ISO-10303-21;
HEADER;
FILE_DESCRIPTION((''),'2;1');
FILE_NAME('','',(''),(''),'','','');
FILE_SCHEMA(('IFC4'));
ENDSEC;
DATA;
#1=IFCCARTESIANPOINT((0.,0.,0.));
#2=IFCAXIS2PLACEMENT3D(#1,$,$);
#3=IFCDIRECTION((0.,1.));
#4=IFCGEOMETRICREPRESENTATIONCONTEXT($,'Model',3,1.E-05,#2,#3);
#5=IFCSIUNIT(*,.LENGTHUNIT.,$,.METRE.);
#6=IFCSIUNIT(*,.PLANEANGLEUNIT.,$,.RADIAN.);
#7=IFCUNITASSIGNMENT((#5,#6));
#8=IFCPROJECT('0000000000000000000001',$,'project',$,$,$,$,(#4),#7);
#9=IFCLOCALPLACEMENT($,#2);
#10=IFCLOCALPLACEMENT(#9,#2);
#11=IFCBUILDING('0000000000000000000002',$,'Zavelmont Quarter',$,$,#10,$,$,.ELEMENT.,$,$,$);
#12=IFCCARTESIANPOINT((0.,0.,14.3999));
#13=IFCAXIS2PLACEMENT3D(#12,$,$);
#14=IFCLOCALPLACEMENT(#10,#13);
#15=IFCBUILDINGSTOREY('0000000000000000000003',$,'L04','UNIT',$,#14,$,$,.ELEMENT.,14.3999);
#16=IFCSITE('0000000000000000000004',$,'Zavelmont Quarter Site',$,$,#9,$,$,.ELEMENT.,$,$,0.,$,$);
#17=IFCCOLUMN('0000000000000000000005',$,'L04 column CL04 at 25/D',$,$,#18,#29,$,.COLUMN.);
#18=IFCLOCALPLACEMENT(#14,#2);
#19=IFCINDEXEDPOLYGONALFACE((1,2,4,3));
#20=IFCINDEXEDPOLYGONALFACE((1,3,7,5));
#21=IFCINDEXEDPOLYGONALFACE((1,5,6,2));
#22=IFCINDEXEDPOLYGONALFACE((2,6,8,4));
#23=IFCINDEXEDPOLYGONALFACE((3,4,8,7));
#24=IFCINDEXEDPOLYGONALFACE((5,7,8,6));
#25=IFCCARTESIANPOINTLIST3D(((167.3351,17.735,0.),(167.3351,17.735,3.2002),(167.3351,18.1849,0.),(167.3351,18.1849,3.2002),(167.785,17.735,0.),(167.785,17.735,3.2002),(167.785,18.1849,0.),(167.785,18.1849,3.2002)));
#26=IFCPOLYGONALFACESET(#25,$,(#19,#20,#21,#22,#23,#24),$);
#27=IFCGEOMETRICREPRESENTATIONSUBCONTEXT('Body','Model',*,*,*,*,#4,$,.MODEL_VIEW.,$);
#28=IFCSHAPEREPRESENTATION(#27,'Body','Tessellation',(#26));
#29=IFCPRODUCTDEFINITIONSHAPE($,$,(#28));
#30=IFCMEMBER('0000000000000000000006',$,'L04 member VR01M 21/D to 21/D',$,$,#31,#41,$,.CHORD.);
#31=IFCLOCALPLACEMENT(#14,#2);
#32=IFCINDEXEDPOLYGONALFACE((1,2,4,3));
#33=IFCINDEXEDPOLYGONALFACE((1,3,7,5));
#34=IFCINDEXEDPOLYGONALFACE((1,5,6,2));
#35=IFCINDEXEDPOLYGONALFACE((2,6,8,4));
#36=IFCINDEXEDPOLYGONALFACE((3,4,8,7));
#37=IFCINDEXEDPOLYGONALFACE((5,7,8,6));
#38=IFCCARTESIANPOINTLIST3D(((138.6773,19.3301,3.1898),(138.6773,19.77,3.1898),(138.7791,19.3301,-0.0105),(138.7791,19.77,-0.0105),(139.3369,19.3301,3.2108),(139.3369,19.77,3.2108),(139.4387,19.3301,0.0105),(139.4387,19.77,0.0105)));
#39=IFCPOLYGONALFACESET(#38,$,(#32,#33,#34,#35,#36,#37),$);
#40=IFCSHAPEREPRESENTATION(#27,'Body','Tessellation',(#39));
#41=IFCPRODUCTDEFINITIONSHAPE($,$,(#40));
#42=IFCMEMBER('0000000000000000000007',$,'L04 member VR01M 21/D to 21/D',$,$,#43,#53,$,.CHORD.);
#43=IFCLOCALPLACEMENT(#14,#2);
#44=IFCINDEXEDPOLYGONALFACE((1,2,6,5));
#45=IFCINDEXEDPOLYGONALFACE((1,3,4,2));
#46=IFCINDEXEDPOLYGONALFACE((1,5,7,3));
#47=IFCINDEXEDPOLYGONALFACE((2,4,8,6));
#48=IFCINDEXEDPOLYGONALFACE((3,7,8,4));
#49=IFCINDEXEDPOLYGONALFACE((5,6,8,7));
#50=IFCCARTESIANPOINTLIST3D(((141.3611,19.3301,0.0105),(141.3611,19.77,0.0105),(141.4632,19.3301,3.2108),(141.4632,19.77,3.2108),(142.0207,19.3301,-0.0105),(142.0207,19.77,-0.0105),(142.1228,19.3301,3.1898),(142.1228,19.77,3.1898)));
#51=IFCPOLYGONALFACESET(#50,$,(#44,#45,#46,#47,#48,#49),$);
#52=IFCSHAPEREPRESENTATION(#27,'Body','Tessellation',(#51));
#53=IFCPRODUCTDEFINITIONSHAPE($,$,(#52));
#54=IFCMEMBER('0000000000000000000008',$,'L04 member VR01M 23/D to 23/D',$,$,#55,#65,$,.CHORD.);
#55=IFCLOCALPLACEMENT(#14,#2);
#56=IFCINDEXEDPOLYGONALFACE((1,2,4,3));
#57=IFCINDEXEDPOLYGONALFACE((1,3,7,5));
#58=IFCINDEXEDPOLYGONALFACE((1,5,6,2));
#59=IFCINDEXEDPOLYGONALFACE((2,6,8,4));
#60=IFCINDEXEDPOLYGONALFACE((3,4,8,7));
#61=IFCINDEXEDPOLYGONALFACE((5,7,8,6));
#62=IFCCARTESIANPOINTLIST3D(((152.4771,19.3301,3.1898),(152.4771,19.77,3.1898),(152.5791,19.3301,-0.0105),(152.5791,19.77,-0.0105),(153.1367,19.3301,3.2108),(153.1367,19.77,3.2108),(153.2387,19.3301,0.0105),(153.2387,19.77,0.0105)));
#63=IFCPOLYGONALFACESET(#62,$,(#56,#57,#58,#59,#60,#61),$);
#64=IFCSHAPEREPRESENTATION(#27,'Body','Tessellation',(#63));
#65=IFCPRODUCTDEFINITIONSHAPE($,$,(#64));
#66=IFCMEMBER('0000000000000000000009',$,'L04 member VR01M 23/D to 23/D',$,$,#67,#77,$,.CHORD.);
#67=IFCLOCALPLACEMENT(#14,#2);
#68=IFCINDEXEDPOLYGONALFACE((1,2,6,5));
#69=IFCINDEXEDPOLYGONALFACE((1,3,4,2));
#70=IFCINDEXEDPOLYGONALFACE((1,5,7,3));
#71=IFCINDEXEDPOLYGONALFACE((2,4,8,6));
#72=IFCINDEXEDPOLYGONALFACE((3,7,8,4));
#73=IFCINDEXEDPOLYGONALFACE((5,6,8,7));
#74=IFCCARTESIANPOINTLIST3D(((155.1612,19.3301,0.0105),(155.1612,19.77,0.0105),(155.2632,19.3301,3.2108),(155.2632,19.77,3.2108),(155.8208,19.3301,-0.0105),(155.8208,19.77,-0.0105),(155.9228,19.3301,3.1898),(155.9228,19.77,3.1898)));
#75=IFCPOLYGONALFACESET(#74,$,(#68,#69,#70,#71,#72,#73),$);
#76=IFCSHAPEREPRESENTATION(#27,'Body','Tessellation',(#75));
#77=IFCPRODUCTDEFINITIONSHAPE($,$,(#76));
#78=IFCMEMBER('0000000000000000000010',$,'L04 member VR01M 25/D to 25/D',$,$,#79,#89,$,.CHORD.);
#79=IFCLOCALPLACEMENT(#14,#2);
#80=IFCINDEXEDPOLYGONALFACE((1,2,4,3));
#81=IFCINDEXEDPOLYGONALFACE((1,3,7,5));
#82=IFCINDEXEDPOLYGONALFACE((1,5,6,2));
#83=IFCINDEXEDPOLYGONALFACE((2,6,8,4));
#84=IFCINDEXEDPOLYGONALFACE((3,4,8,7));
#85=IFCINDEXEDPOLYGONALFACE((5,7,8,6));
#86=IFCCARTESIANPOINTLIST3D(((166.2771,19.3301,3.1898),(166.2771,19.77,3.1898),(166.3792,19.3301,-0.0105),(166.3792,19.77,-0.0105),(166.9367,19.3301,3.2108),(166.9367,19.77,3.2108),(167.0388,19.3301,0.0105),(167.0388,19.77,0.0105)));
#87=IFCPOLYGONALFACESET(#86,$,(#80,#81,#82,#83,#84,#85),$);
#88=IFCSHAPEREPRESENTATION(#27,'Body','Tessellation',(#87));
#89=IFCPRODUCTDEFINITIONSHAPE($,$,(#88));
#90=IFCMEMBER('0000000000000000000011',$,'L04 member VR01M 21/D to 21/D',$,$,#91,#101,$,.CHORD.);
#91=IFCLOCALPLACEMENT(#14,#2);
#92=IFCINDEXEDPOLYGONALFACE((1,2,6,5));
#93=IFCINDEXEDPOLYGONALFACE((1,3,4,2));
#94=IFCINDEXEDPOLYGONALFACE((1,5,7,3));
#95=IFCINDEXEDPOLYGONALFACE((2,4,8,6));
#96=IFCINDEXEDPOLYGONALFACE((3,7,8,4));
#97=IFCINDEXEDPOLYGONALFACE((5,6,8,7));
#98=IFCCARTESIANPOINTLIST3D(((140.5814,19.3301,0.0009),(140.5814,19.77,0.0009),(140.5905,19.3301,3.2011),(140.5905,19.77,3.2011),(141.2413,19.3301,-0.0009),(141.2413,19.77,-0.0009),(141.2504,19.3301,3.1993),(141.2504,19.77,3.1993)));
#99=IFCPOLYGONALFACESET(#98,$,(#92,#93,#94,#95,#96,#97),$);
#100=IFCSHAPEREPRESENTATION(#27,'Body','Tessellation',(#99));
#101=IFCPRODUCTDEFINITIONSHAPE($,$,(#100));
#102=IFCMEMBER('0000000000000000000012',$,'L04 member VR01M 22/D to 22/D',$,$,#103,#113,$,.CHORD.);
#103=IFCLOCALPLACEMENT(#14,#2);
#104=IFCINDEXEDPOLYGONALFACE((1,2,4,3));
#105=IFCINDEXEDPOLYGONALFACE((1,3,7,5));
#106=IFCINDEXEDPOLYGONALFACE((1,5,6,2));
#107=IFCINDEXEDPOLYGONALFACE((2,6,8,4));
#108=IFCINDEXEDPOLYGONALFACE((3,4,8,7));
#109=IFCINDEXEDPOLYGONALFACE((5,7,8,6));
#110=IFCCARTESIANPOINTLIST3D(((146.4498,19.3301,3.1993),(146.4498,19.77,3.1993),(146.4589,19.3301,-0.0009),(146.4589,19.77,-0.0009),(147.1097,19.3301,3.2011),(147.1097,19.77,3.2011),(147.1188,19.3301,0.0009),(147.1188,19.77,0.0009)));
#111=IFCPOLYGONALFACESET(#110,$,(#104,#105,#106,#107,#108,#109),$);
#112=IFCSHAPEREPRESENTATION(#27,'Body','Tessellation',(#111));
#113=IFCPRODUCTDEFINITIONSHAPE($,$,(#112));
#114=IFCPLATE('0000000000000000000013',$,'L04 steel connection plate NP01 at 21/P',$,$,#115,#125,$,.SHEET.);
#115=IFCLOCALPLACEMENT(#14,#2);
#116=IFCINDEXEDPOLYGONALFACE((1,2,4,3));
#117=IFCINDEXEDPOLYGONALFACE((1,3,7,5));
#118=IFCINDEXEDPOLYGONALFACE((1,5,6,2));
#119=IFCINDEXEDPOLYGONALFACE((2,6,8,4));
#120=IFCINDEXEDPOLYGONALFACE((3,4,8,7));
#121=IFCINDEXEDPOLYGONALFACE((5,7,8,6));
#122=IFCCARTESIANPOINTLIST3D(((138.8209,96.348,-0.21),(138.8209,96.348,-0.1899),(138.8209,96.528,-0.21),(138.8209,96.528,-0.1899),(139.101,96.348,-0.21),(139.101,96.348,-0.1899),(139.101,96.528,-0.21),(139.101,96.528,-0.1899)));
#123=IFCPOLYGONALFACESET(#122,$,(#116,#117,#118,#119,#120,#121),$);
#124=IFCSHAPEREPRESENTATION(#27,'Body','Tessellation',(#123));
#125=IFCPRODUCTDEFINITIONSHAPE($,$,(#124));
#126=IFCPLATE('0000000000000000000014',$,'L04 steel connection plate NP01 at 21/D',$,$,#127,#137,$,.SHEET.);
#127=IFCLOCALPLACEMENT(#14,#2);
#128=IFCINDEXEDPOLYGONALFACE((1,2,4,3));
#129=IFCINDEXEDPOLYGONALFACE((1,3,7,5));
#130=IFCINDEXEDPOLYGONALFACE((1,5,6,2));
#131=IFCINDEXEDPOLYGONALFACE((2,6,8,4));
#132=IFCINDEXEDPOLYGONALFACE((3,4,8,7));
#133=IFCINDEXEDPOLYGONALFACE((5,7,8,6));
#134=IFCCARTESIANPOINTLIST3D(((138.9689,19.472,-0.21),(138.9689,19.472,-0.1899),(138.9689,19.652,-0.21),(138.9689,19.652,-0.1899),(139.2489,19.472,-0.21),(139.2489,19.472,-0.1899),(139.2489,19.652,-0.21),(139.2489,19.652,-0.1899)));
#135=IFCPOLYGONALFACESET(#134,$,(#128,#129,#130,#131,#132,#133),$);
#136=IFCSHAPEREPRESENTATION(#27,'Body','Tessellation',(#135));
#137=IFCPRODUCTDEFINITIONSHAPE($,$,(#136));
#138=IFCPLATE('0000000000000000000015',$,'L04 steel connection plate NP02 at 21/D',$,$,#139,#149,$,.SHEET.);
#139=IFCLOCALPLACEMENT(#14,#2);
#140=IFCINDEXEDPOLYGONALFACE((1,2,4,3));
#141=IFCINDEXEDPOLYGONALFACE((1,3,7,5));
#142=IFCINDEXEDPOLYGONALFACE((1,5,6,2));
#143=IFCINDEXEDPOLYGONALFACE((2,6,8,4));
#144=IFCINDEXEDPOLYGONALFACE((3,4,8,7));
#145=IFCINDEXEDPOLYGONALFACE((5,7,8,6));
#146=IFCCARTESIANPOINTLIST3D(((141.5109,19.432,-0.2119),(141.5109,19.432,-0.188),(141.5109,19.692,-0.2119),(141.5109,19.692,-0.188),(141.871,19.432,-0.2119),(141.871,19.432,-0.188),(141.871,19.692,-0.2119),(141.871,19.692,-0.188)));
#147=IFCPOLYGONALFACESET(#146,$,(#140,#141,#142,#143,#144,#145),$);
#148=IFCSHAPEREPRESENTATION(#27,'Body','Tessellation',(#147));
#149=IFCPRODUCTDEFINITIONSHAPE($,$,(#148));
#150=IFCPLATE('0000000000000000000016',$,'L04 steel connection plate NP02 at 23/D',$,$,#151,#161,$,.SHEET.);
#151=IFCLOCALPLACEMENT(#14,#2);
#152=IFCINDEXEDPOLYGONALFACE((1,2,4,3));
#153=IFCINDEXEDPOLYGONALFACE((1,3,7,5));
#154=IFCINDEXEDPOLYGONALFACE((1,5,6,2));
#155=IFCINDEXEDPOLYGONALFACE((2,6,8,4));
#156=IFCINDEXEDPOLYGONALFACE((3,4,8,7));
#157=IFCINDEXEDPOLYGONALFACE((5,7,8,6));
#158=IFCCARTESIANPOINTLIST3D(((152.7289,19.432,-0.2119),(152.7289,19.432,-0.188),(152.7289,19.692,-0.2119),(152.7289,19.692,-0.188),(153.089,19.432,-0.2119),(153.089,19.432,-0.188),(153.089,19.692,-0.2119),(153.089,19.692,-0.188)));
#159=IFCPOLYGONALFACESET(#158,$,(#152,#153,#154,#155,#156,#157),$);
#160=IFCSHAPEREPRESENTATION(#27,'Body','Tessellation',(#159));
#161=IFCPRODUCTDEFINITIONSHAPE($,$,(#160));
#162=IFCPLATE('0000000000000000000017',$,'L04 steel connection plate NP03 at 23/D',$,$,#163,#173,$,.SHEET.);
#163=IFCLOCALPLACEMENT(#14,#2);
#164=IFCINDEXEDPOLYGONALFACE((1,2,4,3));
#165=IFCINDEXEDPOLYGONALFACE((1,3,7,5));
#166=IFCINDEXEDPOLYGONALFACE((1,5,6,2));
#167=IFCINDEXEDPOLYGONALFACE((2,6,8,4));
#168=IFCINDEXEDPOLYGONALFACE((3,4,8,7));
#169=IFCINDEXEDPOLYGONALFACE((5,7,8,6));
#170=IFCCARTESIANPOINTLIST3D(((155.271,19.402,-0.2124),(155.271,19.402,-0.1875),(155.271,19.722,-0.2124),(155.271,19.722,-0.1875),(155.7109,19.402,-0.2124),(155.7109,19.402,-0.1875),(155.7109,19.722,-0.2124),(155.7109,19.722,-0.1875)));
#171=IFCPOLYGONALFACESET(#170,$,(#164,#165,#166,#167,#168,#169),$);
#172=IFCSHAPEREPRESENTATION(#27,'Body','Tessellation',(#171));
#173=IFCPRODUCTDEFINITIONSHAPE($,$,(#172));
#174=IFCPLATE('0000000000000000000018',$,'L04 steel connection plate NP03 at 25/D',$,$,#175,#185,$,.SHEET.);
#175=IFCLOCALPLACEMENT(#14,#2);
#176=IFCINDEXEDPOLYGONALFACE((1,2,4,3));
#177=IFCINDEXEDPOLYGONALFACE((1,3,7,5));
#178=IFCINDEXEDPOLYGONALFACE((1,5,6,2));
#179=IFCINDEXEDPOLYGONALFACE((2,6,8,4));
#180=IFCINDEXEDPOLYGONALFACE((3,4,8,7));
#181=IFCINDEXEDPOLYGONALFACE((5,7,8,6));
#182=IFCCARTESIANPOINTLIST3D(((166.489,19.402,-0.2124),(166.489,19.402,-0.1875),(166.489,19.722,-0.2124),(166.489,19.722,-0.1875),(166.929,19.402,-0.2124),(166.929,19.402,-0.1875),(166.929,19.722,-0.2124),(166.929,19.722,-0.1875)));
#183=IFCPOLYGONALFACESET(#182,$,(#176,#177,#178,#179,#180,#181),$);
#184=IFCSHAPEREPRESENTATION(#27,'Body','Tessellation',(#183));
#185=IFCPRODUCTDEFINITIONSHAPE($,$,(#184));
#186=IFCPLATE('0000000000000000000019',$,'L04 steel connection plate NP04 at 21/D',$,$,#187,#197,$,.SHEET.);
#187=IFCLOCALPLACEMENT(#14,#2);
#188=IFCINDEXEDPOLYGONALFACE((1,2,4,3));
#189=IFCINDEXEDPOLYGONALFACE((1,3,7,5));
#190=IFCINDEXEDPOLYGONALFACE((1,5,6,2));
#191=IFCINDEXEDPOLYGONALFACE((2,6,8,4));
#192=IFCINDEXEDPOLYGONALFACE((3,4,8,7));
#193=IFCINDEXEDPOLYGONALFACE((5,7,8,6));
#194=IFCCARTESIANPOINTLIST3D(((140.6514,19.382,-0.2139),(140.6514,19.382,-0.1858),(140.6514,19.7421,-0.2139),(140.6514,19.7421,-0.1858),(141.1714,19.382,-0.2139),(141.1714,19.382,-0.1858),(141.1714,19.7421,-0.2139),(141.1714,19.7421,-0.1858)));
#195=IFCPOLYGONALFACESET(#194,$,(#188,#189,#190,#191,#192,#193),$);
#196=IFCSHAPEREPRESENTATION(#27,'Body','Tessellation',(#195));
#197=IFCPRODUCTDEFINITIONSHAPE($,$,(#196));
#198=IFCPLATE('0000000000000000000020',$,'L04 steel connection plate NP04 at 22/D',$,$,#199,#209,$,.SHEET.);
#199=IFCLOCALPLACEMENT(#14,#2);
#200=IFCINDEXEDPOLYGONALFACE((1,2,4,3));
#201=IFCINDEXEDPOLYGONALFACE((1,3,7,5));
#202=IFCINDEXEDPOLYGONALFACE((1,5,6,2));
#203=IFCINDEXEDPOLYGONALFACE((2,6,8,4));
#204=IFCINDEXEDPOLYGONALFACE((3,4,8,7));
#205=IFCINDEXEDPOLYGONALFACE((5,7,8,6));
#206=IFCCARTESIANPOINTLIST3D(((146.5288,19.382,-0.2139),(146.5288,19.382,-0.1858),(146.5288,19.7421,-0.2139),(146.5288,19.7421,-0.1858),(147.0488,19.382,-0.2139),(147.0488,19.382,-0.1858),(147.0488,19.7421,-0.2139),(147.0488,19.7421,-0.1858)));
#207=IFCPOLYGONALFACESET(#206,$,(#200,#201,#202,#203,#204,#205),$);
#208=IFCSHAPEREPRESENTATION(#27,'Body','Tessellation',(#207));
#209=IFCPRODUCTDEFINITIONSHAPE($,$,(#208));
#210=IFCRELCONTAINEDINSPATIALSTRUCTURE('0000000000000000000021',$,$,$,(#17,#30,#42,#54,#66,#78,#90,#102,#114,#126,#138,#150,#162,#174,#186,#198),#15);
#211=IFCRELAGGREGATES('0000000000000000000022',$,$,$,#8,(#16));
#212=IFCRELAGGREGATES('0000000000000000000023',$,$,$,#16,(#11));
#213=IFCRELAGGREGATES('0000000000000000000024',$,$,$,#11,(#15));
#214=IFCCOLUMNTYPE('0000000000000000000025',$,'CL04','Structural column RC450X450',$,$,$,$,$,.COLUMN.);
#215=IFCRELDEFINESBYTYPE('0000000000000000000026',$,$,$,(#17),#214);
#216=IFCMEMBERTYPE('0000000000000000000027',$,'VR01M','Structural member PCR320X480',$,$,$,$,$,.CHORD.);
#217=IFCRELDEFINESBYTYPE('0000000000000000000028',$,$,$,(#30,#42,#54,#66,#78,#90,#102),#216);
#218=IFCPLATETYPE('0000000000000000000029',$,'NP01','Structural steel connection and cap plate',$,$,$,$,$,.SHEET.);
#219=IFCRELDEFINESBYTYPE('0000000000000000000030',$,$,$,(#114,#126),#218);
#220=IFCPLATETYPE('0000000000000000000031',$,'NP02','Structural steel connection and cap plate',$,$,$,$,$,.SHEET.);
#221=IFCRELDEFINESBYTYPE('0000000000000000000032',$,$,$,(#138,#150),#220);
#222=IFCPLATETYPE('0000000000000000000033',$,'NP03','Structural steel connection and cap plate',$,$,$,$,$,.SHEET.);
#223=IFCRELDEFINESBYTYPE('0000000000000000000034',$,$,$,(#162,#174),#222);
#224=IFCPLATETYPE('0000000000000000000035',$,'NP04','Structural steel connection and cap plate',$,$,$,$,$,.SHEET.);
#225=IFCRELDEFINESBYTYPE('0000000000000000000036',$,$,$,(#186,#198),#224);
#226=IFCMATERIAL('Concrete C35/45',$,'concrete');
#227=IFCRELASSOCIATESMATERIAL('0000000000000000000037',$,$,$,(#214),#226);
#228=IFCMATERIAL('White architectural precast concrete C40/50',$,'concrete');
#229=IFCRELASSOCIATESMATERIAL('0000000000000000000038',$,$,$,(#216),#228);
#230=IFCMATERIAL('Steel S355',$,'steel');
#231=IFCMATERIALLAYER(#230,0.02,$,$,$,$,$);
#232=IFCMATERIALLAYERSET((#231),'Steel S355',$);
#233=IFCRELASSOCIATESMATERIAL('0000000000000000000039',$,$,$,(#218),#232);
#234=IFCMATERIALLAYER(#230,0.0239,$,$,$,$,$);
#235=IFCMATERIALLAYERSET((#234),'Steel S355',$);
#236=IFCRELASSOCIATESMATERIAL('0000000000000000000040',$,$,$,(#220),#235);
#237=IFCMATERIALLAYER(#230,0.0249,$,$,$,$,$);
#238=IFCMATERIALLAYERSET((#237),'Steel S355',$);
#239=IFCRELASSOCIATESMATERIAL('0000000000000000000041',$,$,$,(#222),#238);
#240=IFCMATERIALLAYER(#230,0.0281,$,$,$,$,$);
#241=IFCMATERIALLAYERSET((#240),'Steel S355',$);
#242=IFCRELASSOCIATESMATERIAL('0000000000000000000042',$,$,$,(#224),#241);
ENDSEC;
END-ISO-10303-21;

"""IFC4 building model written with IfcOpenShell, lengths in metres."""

from ifc_helpers import new_model, si_unit, direction, frame, origin, origin_2d, place, context, subcontext, project, spatial, rectangle, extrude, material, layer, layer_set, material_profile, profile_set, type_object, element, save


model = new_model("IFC4")

# Units and contexts
model_context = context("Model", 3, precision=1e-05, world=origin(), true_north=direction((0.0, 1.0)))
body_context = subcontext(model_context, "Body", "Model", "MODEL_VIEW")
ifc_project = project(units=[si_unit("LENGTHUNIT", "METRE"), si_unit("PLANEANGLEUNIT", "RADIAN")], contexts=[model_context])

# Site, building, storey
site_placement = place(None, origin())
site = spatial("IfcSite", under=ifc_project, at=site_placement, Name="Zavelmont Quarter Site", CompositionType="ELEMENT", RefElevation=0.0)
building_placement = place(site_placement, origin())
building = spatial("IfcBuilding", under=site, at=building_placement, Name="Zavelmont Quarter", CompositionType="ELEMENT")
storey_placement = place(building_placement, frame((0.0, 0.0, 14.3999)))
storey = spatial("IfcBuildingStorey", under=building, at=storey_placement, Name="L04", Description="UNIT", CompositionType="ELEMENT", Elevation=14.3999)

# Column
ifc_material_1 = material(Name="Concrete C35/45", Category="concrete")
ifc_material_profile_1 = material_profile(ifc_material_1, rectangle(XDim=0.45, YDim=0.45, at=origin_2d()), Name="RC450X450")
ifc_profile_set_1 = profile_set([ifc_material_profile_1], Name="Concrete C35/45")
column_type = type_object("IfcColumnType", Name="CL04", Description="Structural column RC450X450", PredefinedType="COLUMN", material=ifc_profile_set_1)
column_placement = place(storey_placement, frame((167.5601, 17.96, 0.0), z_axis=(0.0, 0.0, 1.0), x_axis=(1.0, 0.0, 0.0)))
element("IfcColumn", 1, at=column_placement, inside=storey, type_object=column_type, Name="L04 column CL04 at 25/D", PredefinedType="COLUMN", context=body_context, shape_type="SweptSolid", body=[
    extrude(rectangle(XDim=0.45, YDim=0.45, at=origin_2d()), origin(), (0.0, 0.0, 1.0), 3.2002),
])

# Members
ifc_material_2 = material(Name="White architectural precast concrete C40/50", Category="concrete")
ifc_material_profile_2 = material_profile(ifc_material_2, rectangle(XDim=0.4399, YDim=0.6599, at=origin_2d()), Name="PCR320X480")
ifc_profile_set_2 = profile_set([ifc_material_profile_2], Name="White architectural precast concrete C40/50")
member_type = type_object("IfcMemberType", Name="VR01M", Description="Structural member PCR320X480", PredefinedType="CHORD", material=ifc_profile_set_2)
for number, where, z_axis, x_axis, name in (
    (2, (139.1089, 19.55, 0.0), (-0.031797, 0.0, 0.999494), (0.0, -1.0, 0.0), "L04 member VR01M 21/D to 21/D"),
    (3, (141.6909, 19.55, 0.0), (0.031873, 0.0, 0.999492), (0.0, 1.0, 0.0), "L04 member VR01M 21/D to 21/D"),
    (4, (152.9089, 19.55, 0.0), (-0.031873, 0.0, 0.999492), (0.0, -1.0, 0.0), "L04 member VR01M 23/D to 23/D"),
    (5, (155.491, 19.55, 0.0), (0.031873, 0.0, 0.999492), (0.0, 1.0, 0.0), "L04 member VR01M 23/D to 23/D"),
    (6, (166.709, 19.55, 0.0), (-0.031873, 0.0, 0.999492), (0.0, -1.0, 0.0), "L04 member VR01M 25/D to 25/D"),
):
    element("IfcMember", number, at=place(storey_placement, frame(where, z_axis=z_axis, x_axis=x_axis)), inside=storey, type_object=member_type, Name=name, PredefinedType="CHORD", context=body_context, shape_type="SweptSolid", body=[
        extrude(rectangle(XDim=0.4399, YDim=0.6599, at=origin_2d()), origin(), (0.0, 0.0, 1.0), 3.2019),
    ])
for number, where, z_axis, x_axis, name in (
    (7, (140.9114, 19.55, 0.0), (0.002823, 0.0, 0.999996), (0.0, 1.0, 0.0), "L04 member VR01M 21/D to 21/D"),
    (8, (146.7888, 19.55, 0.0), (-0.002823, 0.0, 0.999996), (0.0, -1.0, 0.0), "L04 member VR01M 22/D to 22/D"),
):
    element("IfcMember", number, at=place(storey_placement, frame(where, z_axis=z_axis, x_axis=x_axis)), inside=storey, type_object=member_type, Name=name, PredefinedType="CHORD", context=body_context, shape_type="SweptSolid", body=[
        extrude(rectangle(XDim=0.4399, YDim=0.6599, at=origin_2d()), origin(), (0.0, 0.0, 1.0), 3.2002),
    ])

# Plates
ifc_material_3 = material(Name="Steel S355", Category="steel")
ifc_layer_1 = layer(ifc_material_3, 0.02)
ifc_layer_set_1 = layer_set([ifc_layer_1], Name="Steel S355")
plate_type_1 = type_object("IfcPlateType", Name="NP01", Description="Structural steel connection and cap plate", PredefinedType="SHEET", material=ifc_layer_set_1)
for number, where, z_axis, x_axis, name in (
    (9, (138.9609, 96.438, -0.21), (0.0, 0.0, 1.0), (1.0, 0.0, 0.0), "L04 steel connection plate NP01 at 21/P"),
    (10, (139.1089, 19.562, -0.21), (0.0, 0.0, 1.0), (1.0, 0.0, 0.0), "L04 steel connection plate NP01 at 21/D"),
):
    element("IfcPlate", number, at=place(storey_placement, frame(where, z_axis=z_axis, x_axis=x_axis)), inside=storey, type_object=plate_type_1, Name=name, PredefinedType="SHEET", context=body_context, shape_type="SweptSolid", body=[
        extrude(rectangle(XDim=0.28, YDim=0.1799, at=origin_2d()), origin(), (0.0, 0.0, 1.0), 0.02),
    ])
ifc_layer_2 = layer(ifc_material_3, 0.0239)
ifc_layer_set_2 = layer_set([ifc_layer_2], Name="Steel S355")
plate_type_2 = type_object("IfcPlateType", Name="NP02", Description="Structural steel connection and cap plate", PredefinedType="SHEET", material=ifc_layer_set_2)
for number, where, z_axis, x_axis, name in (
    (11, (141.6909, 19.562, -0.2119), (0.0, 0.0, 1.0), (1.0, 0.0, 0.0), "L04 steel connection plate NP02 at 21/D"),
    (12, (152.9089, 19.562, -0.2119), (0.0, 0.0, 1.0), (1.0, 0.0, 0.0), "L04 steel connection plate NP02 at 23/D"),
):
    element("IfcPlate", number, at=place(storey_placement, frame(where, z_axis=z_axis, x_axis=x_axis)), inside=storey, type_object=plate_type_2, Name=name, PredefinedType="SHEET", context=body_context, shape_type="SweptSolid", body=[
        extrude(rectangle(XDim=0.3601, YDim=0.26, at=origin_2d()), origin(), (0.0, 0.0, 1.0), 0.0239),
    ])
ifc_layer_3 = layer(ifc_material_3, 0.0249)
ifc_layer_set_3 = layer_set([ifc_layer_3], Name="Steel S355")
plate_type_3 = type_object("IfcPlateType", Name="NP03", Description="Structural steel connection and cap plate", PredefinedType="SHEET", material=ifc_layer_set_3)
for number, where, z_axis, x_axis, name in (
    (13, (155.491, 19.562, -0.2124), (0.0, 0.0, 1.0), (1.0, 0.0, 0.0), "L04 steel connection plate NP03 at 23/D"),
    (14, (166.709, 19.562, -0.2124), (0.0, 0.0, 1.0), (1.0, 0.0, 0.0), "L04 steel connection plate NP03 at 25/D"),
):
    element("IfcPlate", number, at=place(storey_placement, frame(where, z_axis=z_axis, x_axis=x_axis)), inside=storey, type_object=plate_type_3, Name=name, PredefinedType="SHEET", context=body_context, shape_type="SweptSolid", body=[
        extrude(rectangle(XDim=0.4399, YDim=0.3201, at=origin_2d()), origin(), (0.0, 0.0, 1.0), 0.0249),
    ])
ifc_layer_4 = layer(ifc_material_3, 0.0281)
ifc_layer_set_4 = layer_set([ifc_layer_4], Name="Steel S355")
plate_type_4 = type_object("IfcPlateType", Name="NP04", Description="Structural steel connection and cap plate", PredefinedType="SHEET", material=ifc_layer_set_4)
for number, where, z_axis, x_axis, name in (
    (15, (140.9114, 19.562, -0.2139), (0.0, 0.0, 1.0), (1.0, 0.0, 0.0), "L04 steel connection plate NP04 at 21/D"),
    (16, (146.7888, 19.562, -0.2139), (0.0, 0.0, 1.0), (1.0, 0.0, 0.0), "L04 steel connection plate NP04 at 22/D"),
):
    element("IfcPlate", number, at=place(storey_placement, frame(where, z_axis=z_axis, x_axis=x_axis)), inside=storey, type_object=plate_type_4, Name=name, PredefinedType="SHEET", context=body_context, shape_type="SweptSolid", body=[
        extrude(rectangle(XDim=0.52, YDim=0.3601, at=origin_2d()), origin(), (0.0, 0.0, 1.0), 0.0281),
    ])

save(model, "model.ifc")
